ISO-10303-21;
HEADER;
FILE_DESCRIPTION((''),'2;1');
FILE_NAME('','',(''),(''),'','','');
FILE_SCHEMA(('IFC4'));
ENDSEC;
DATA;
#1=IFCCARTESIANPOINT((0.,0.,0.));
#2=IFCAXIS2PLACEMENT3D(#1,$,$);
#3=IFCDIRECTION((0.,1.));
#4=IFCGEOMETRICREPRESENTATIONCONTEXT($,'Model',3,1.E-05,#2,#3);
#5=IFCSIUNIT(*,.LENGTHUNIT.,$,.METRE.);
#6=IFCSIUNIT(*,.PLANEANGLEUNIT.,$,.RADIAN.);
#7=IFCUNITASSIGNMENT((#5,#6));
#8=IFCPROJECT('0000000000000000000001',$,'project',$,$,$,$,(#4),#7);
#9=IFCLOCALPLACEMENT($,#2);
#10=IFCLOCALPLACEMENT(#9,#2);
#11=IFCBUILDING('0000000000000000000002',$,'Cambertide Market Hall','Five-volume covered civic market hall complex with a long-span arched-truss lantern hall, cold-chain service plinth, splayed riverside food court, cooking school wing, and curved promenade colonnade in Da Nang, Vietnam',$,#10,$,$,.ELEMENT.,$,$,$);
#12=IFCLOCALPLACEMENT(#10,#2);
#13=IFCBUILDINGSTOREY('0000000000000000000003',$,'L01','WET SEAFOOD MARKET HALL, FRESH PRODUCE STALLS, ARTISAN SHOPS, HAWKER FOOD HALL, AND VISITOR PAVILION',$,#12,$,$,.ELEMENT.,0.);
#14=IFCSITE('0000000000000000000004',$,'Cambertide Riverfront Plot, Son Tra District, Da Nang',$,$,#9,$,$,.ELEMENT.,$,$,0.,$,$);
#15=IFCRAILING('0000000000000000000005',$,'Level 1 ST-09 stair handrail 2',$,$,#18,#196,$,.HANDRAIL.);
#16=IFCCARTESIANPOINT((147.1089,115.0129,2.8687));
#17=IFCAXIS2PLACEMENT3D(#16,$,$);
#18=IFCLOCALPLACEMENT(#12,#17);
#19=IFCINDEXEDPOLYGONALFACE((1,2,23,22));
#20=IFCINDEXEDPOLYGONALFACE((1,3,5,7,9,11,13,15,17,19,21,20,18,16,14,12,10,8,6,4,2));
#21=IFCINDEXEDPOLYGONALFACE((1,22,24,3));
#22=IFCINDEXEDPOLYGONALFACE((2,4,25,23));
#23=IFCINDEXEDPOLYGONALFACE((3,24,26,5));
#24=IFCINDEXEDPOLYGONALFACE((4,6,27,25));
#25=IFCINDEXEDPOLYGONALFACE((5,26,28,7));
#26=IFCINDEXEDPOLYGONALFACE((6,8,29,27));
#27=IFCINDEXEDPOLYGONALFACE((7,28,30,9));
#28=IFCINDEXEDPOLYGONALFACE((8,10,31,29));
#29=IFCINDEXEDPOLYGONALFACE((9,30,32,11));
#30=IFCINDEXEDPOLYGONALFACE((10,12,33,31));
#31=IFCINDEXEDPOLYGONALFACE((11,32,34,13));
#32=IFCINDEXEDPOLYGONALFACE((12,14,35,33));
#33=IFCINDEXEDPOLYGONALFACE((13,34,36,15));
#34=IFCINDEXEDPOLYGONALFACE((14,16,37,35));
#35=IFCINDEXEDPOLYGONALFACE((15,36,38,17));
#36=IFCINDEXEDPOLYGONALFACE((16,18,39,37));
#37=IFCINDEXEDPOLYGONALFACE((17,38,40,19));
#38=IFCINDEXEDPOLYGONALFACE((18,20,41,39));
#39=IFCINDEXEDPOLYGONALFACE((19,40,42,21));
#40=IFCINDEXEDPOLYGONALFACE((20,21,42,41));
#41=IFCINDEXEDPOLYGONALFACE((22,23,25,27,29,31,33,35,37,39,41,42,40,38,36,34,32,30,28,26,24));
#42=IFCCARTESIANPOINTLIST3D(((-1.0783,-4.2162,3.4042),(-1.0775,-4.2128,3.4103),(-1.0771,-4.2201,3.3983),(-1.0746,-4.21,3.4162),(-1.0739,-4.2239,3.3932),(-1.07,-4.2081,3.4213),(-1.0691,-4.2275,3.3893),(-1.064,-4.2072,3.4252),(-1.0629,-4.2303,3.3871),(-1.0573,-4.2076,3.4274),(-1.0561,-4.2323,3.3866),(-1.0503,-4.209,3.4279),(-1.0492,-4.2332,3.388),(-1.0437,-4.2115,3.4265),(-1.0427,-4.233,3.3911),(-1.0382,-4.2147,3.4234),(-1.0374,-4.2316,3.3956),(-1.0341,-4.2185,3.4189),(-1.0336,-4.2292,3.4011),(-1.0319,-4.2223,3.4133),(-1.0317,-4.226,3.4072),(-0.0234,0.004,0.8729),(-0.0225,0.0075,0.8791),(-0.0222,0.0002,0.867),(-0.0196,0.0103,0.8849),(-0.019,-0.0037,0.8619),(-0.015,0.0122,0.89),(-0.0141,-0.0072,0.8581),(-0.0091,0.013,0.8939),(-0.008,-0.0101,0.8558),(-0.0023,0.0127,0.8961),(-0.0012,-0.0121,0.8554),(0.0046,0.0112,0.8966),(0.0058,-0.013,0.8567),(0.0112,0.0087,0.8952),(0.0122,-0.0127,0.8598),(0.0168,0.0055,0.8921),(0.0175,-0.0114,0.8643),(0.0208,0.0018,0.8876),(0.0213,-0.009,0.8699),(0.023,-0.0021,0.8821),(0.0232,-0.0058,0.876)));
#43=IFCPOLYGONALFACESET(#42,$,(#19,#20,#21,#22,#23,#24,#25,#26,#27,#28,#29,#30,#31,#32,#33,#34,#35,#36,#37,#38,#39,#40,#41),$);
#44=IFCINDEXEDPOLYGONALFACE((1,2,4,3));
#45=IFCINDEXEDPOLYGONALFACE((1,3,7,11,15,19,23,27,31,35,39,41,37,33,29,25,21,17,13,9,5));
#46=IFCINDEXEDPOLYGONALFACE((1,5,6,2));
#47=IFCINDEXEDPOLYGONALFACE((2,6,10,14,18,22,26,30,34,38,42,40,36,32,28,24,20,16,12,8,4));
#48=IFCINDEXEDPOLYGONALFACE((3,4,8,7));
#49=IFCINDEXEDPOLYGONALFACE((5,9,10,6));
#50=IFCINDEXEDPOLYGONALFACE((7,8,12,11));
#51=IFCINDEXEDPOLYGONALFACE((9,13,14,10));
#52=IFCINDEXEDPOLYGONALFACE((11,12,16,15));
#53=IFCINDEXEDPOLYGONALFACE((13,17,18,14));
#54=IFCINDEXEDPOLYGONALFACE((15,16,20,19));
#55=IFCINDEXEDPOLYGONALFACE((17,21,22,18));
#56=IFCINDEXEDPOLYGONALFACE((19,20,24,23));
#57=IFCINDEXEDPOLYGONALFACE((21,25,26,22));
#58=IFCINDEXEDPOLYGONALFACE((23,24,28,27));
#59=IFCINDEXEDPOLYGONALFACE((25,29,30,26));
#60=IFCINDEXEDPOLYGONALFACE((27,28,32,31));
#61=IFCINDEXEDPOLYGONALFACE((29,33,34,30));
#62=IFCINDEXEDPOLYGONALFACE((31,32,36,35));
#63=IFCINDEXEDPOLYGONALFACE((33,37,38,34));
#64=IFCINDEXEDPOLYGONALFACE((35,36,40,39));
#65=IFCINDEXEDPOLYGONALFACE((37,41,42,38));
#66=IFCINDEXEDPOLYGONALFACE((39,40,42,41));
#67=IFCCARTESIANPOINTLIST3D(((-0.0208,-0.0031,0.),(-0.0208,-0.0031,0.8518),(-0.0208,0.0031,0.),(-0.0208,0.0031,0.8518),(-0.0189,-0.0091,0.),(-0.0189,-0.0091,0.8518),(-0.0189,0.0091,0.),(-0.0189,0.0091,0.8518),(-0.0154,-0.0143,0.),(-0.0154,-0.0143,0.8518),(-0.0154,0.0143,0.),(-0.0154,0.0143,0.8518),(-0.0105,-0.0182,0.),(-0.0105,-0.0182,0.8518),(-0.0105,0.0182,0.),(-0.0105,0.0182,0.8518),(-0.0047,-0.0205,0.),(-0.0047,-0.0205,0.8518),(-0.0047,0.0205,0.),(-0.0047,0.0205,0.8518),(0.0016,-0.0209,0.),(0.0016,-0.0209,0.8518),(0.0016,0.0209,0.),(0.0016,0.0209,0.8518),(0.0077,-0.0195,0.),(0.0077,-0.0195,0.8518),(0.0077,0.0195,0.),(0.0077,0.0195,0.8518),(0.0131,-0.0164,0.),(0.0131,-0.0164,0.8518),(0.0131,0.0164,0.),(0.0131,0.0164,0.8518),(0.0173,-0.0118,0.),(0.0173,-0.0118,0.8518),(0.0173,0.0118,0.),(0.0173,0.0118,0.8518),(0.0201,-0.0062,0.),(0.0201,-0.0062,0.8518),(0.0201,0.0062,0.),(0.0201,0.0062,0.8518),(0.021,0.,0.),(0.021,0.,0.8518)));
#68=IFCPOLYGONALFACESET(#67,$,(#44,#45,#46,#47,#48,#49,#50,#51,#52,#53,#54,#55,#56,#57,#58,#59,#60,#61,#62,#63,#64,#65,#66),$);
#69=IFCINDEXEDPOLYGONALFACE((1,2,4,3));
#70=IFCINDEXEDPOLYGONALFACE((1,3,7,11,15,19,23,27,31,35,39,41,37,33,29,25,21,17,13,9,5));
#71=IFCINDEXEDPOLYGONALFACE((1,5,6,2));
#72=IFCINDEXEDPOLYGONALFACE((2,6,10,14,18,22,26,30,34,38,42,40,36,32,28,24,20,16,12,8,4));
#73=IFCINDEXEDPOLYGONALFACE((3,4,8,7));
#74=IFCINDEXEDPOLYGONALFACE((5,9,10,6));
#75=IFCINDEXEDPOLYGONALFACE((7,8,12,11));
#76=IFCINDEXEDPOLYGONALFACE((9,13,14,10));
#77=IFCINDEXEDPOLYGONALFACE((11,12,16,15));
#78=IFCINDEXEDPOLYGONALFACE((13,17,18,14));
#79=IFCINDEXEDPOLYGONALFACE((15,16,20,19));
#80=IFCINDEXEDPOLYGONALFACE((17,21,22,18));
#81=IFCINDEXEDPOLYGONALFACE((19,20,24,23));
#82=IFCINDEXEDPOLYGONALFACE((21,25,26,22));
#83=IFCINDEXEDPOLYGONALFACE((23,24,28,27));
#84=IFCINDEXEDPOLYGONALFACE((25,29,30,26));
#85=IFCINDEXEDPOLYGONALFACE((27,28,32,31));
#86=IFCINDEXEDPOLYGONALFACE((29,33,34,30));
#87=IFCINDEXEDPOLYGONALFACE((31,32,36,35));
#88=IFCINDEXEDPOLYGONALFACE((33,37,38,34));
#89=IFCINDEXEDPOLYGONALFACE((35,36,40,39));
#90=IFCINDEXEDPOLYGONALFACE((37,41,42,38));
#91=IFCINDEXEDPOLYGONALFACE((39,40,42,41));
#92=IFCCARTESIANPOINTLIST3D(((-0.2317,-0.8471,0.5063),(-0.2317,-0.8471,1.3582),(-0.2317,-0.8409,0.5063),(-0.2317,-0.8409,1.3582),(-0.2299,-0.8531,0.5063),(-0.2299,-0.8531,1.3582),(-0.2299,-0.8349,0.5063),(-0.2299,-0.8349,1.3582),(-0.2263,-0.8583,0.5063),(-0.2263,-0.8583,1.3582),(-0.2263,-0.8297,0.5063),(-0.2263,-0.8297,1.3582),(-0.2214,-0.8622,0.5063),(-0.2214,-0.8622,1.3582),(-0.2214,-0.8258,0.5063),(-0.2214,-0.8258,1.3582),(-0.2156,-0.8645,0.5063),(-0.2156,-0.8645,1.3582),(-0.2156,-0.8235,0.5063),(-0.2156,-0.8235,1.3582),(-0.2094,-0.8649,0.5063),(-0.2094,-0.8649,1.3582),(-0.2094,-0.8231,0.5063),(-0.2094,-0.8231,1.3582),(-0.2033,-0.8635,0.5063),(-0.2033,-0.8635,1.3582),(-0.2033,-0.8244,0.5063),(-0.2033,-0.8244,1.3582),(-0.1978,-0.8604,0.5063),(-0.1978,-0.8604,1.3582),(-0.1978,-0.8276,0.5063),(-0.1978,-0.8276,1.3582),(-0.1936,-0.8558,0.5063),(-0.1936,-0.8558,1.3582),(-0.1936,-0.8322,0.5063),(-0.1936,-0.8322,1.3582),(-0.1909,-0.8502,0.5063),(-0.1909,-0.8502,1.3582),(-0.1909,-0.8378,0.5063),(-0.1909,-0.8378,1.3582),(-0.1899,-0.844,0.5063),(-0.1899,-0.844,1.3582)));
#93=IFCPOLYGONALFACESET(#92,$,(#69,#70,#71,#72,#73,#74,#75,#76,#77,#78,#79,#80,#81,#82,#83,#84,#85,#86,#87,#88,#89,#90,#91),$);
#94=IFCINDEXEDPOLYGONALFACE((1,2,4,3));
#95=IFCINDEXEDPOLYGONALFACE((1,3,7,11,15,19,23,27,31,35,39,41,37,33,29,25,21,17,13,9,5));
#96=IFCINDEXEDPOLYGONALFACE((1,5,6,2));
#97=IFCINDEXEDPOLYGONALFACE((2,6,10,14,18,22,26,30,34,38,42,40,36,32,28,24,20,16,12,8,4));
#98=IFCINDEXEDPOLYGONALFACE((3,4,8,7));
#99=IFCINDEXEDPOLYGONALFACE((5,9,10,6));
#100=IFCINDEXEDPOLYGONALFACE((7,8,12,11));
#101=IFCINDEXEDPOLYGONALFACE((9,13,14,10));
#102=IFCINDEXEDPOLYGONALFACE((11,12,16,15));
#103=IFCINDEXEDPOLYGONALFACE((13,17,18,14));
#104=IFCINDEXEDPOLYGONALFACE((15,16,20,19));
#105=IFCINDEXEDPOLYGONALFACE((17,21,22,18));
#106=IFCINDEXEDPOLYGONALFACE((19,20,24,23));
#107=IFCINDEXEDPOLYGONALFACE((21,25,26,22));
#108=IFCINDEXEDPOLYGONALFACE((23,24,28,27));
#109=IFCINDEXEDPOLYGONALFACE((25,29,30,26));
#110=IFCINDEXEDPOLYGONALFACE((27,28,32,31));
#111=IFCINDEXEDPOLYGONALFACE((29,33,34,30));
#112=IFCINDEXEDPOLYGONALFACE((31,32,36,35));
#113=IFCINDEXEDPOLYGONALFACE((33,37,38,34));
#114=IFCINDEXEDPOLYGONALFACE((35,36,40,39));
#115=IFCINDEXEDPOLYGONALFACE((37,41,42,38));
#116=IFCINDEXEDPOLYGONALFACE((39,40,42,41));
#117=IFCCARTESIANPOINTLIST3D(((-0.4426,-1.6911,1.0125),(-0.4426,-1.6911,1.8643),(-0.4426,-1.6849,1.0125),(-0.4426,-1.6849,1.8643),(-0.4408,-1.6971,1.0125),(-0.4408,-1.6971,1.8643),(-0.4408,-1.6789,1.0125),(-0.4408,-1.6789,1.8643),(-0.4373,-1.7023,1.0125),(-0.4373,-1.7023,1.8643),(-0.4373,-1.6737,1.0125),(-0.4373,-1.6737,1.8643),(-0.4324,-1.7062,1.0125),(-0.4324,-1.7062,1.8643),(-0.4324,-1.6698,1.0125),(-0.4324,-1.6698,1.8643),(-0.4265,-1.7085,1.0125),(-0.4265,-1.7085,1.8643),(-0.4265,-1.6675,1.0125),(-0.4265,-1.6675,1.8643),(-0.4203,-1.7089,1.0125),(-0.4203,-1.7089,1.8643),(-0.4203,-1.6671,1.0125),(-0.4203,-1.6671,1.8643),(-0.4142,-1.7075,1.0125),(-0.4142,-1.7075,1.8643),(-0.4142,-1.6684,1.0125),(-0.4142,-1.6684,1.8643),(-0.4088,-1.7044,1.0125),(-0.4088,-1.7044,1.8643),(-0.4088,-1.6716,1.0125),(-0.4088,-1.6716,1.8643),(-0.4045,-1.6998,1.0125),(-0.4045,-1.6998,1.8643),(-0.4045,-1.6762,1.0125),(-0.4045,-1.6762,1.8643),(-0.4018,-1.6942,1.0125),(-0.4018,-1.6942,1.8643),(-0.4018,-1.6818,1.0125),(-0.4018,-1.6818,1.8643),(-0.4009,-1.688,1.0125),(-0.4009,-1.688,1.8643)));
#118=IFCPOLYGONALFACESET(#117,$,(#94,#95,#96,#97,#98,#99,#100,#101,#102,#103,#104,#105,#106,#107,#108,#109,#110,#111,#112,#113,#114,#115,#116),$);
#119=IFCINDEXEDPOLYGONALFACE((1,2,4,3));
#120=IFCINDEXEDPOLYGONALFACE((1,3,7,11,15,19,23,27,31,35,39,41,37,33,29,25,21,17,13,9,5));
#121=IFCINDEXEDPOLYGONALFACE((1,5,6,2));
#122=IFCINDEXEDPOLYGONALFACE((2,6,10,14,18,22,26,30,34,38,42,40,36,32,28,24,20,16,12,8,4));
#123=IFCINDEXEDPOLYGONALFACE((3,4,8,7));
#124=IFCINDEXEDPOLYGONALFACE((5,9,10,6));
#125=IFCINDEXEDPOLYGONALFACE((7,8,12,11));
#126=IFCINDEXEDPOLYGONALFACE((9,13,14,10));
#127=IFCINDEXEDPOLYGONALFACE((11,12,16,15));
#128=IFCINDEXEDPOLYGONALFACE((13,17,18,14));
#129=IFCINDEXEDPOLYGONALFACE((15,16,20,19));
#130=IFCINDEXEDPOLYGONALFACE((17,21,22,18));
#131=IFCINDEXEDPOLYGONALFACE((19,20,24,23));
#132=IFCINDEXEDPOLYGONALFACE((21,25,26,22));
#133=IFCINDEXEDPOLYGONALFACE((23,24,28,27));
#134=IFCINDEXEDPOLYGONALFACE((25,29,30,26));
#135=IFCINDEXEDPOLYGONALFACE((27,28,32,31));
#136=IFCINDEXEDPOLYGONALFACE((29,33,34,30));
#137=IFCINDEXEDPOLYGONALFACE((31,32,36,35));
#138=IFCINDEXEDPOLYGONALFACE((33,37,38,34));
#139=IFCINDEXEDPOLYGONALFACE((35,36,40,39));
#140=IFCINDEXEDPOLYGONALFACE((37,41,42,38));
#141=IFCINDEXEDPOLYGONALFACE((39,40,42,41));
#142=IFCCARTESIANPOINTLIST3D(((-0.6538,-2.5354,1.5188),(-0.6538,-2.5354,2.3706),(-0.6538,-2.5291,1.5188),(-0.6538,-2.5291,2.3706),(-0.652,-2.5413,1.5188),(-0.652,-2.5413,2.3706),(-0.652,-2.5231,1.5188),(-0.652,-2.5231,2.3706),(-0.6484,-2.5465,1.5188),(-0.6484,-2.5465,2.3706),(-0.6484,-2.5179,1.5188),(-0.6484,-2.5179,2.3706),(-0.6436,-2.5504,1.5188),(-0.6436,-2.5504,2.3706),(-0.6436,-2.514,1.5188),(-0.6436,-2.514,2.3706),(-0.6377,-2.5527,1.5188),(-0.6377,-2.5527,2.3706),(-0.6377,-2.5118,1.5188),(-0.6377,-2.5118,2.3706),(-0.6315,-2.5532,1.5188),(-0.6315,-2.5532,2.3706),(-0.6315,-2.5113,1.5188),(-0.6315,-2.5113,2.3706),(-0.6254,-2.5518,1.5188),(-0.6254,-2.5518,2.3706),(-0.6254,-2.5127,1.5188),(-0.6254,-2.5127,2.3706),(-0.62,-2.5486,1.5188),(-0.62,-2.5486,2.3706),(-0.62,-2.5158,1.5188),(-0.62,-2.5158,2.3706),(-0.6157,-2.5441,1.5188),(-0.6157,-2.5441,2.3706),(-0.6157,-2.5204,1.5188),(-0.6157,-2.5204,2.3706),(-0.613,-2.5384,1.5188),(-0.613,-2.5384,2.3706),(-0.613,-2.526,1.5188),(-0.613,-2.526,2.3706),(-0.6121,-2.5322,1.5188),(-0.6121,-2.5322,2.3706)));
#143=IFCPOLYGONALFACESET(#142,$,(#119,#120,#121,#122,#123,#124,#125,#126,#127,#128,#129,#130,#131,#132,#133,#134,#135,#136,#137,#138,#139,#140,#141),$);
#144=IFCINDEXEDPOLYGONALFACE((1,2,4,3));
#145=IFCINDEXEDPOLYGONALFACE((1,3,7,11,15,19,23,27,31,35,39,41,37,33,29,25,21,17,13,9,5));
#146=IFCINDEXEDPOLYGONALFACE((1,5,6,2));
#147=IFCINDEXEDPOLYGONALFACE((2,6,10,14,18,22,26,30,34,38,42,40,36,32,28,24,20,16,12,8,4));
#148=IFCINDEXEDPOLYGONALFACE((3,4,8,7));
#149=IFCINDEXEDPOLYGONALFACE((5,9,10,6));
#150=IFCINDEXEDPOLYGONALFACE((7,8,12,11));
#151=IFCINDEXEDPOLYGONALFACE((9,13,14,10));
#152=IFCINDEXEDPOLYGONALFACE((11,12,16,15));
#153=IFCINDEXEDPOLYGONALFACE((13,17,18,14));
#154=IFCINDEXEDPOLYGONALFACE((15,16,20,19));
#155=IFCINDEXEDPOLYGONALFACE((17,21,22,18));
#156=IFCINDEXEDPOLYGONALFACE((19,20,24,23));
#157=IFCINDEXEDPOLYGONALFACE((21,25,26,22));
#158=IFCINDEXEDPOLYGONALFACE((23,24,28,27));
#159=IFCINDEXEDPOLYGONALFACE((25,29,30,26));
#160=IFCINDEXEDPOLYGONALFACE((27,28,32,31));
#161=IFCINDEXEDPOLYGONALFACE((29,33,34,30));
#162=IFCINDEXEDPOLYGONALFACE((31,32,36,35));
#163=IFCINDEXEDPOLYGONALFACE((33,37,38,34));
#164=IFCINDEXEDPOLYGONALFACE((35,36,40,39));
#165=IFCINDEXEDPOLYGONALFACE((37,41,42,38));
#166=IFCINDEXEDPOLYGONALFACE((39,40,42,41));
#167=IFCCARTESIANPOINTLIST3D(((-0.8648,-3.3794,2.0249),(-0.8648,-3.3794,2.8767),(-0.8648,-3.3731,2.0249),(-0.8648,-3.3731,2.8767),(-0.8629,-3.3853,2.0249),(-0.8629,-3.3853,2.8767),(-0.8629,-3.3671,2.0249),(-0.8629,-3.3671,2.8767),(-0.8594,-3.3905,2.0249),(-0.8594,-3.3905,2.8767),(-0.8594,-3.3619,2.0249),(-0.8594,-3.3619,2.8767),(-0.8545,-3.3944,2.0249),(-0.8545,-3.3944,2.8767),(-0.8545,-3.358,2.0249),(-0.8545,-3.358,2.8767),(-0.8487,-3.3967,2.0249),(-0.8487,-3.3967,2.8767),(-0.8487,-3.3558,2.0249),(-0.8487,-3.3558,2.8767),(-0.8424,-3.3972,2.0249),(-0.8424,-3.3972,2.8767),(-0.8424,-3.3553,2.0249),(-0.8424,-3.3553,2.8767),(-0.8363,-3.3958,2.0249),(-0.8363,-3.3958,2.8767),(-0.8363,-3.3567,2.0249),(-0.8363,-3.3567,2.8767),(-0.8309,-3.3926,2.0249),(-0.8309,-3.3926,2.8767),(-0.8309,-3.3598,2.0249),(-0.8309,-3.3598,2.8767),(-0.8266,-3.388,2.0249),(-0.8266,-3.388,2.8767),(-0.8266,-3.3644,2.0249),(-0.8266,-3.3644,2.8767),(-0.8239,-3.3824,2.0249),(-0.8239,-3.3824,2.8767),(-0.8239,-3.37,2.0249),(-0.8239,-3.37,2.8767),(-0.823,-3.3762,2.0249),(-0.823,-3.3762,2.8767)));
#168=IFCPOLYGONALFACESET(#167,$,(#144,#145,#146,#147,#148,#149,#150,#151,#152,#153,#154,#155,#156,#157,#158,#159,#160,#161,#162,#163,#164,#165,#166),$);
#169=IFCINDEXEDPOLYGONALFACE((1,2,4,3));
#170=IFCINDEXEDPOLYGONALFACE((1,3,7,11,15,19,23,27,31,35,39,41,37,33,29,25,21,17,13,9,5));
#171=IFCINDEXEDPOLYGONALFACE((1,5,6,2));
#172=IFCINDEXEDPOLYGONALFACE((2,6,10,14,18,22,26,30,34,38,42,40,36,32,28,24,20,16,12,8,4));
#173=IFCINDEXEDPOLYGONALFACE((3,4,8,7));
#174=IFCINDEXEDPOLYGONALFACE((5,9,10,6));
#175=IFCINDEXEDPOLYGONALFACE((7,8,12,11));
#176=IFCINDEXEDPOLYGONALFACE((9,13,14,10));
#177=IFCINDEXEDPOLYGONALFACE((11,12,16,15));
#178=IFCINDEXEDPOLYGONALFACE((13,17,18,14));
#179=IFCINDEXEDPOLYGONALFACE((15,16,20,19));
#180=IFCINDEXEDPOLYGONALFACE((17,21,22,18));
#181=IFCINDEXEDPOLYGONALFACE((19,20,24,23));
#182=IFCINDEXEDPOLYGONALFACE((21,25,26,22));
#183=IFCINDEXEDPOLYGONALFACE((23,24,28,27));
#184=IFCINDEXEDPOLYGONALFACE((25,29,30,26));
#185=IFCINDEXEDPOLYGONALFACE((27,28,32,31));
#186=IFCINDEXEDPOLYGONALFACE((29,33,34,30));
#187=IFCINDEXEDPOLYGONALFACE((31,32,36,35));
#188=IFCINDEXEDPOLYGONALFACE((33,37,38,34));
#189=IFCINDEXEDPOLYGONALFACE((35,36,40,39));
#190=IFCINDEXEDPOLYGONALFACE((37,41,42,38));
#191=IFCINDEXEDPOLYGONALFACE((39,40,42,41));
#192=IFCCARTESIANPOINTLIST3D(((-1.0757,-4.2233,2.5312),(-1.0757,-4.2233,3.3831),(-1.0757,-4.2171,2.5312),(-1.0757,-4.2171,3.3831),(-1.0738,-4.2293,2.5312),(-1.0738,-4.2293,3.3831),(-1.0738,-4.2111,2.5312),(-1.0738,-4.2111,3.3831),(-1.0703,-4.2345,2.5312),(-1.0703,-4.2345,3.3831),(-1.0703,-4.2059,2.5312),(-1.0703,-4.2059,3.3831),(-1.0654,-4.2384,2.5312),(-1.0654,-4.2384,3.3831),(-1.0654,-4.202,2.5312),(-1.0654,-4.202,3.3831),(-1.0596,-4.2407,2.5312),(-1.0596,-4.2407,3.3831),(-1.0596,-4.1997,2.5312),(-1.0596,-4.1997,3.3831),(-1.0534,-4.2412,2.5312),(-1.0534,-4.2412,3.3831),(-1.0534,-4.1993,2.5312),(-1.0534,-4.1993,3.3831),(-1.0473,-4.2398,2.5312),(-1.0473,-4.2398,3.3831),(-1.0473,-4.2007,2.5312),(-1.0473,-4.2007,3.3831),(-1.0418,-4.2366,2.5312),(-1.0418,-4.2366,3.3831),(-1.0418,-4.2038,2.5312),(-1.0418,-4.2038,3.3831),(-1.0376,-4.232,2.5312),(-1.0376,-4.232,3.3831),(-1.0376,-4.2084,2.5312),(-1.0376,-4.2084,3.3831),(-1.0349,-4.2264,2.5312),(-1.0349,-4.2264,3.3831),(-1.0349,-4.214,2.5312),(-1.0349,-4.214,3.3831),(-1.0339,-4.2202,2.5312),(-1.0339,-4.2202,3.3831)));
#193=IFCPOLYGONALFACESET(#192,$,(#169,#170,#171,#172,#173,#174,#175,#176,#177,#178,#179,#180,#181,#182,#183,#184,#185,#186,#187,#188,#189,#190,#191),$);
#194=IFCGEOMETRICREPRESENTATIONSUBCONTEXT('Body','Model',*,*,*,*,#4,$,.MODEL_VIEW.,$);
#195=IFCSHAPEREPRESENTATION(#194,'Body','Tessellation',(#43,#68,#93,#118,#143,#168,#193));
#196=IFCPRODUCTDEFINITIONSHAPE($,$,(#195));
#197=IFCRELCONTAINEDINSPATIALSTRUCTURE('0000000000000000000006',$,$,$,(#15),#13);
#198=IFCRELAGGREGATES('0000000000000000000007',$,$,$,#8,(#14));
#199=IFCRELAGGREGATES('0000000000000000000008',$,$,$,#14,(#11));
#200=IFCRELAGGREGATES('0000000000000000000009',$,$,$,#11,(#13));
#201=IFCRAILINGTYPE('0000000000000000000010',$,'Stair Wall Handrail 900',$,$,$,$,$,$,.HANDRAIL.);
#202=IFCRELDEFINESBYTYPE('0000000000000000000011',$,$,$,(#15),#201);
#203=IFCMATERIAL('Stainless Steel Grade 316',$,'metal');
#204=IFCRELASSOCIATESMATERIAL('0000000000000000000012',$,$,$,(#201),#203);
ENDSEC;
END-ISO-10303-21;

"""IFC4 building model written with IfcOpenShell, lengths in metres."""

from ifc_helpers import new_model, si_unit, direction, frame, origin, origin_2d, place, context, subcontext, project, spatial, circle, extrude, material, type_object, element, save


model = new_model("IFC4")

# Units and contexts
model_context = context("Model", 3, precision=1e-05, world=origin(), true_north=direction((0.0, 1.0)))
body_context = subcontext(model_context, "Body", "Model", "MODEL_VIEW")
ifc_project = project(units=[si_unit("LENGTHUNIT", "METRE"), si_unit("PLANEANGLEUNIT", "RADIAN")], contexts=[model_context])

# Site, building, storey
site_placement = place(None, origin())
site = spatial("IfcSite", under=ifc_project, at=site_placement, Name="Cambertide Riverfront Plot, Son Tra District, Da Nang", CompositionType="ELEMENT", RefElevation=0.0)
building_placement = place(site_placement, origin())
building = spatial("IfcBuilding", under=site, at=building_placement, Name="Cambertide Market Hall", Description="Five-volume covered civic market hall complex with a long-span arched-truss lantern hall, cold-chain service plinth, splayed riverside food court, cooking school wing, and curved promenade colonnade in Da Nang, Vietnam", CompositionType="ELEMENT")
storey_placement = place(building_placement, origin())
storey = spatial("IfcBuildingStorey", under=building, at=storey_placement, Name="L01", Description="WET SEAFOOD MARKET HALL, FRESH PRODUCE STALLS, ARTISAN SHOPS, HAWKER FOOD HALL, AND VISITOR PAVILION", CompositionType="ELEMENT", Elevation=0.0)

# Railing
ifc_material_1 = material(Name="Stainless Steel Grade 316", Category="metal")
railing_type_1 = type_object("IfcRailingType", Name="Stair Wall Handrail 900", PredefinedType="HANDRAIL", material=ifc_material_1)
railing_1_placement = place(storey_placement, frame((147.1089, 115.0129, 2.8687)))
element("IfcRailing", 1, at=railing_1_placement, inside=storey, type_object=railing_type_1, Name="Level 1 ST-09 stair handrail 2", PredefinedType="HANDRAIL", context=body_context, shape_type="SweptSolid", body=[
    extrude(circle(Radius=0.0239, at=origin_2d()), frame((0.0, 0.0, 0.876), z_axis=(-0.209606, -0.838522, 0.502938), x_axis=(0.970149, -0.242509, 0.0)), (0.0, 0.0, 1.0), 5.033),
    extrude(circle(Radius=0.021, at=origin_2d()), origin(), (0.0, 0.0, 1.0), 0.8518),
    extrude(circle(Radius=0.021, at=origin_2d()), frame((-0.2109, -0.844, 0.5063)), (0.0, 0.0, 1.0), 0.8518),
    extrude(circle(Radius=0.021, at=origin_2d()), frame((-0.4219, -1.688, 1.0125)), (0.0, 0.0, 1.0), 0.8518),
    extrude(circle(Radius=0.021, at=origin_2d()), frame((-0.6331, -2.5322, 1.5188)), (0.0, 0.0, 1.0), 0.8518),
    extrude(circle(Radius=0.021, at=origin_2d()), frame((-0.844, -3.3762, 2.0249)), (0.0, 0.0, 1.0), 0.8518),
    extrude(circle(Radius=0.021, at=origin_2d()), frame((-1.0549, -4.2202, 2.5312)), (0.0, 0.0, 1.0), 0.8518),
])

save(model, "model.ifc")
